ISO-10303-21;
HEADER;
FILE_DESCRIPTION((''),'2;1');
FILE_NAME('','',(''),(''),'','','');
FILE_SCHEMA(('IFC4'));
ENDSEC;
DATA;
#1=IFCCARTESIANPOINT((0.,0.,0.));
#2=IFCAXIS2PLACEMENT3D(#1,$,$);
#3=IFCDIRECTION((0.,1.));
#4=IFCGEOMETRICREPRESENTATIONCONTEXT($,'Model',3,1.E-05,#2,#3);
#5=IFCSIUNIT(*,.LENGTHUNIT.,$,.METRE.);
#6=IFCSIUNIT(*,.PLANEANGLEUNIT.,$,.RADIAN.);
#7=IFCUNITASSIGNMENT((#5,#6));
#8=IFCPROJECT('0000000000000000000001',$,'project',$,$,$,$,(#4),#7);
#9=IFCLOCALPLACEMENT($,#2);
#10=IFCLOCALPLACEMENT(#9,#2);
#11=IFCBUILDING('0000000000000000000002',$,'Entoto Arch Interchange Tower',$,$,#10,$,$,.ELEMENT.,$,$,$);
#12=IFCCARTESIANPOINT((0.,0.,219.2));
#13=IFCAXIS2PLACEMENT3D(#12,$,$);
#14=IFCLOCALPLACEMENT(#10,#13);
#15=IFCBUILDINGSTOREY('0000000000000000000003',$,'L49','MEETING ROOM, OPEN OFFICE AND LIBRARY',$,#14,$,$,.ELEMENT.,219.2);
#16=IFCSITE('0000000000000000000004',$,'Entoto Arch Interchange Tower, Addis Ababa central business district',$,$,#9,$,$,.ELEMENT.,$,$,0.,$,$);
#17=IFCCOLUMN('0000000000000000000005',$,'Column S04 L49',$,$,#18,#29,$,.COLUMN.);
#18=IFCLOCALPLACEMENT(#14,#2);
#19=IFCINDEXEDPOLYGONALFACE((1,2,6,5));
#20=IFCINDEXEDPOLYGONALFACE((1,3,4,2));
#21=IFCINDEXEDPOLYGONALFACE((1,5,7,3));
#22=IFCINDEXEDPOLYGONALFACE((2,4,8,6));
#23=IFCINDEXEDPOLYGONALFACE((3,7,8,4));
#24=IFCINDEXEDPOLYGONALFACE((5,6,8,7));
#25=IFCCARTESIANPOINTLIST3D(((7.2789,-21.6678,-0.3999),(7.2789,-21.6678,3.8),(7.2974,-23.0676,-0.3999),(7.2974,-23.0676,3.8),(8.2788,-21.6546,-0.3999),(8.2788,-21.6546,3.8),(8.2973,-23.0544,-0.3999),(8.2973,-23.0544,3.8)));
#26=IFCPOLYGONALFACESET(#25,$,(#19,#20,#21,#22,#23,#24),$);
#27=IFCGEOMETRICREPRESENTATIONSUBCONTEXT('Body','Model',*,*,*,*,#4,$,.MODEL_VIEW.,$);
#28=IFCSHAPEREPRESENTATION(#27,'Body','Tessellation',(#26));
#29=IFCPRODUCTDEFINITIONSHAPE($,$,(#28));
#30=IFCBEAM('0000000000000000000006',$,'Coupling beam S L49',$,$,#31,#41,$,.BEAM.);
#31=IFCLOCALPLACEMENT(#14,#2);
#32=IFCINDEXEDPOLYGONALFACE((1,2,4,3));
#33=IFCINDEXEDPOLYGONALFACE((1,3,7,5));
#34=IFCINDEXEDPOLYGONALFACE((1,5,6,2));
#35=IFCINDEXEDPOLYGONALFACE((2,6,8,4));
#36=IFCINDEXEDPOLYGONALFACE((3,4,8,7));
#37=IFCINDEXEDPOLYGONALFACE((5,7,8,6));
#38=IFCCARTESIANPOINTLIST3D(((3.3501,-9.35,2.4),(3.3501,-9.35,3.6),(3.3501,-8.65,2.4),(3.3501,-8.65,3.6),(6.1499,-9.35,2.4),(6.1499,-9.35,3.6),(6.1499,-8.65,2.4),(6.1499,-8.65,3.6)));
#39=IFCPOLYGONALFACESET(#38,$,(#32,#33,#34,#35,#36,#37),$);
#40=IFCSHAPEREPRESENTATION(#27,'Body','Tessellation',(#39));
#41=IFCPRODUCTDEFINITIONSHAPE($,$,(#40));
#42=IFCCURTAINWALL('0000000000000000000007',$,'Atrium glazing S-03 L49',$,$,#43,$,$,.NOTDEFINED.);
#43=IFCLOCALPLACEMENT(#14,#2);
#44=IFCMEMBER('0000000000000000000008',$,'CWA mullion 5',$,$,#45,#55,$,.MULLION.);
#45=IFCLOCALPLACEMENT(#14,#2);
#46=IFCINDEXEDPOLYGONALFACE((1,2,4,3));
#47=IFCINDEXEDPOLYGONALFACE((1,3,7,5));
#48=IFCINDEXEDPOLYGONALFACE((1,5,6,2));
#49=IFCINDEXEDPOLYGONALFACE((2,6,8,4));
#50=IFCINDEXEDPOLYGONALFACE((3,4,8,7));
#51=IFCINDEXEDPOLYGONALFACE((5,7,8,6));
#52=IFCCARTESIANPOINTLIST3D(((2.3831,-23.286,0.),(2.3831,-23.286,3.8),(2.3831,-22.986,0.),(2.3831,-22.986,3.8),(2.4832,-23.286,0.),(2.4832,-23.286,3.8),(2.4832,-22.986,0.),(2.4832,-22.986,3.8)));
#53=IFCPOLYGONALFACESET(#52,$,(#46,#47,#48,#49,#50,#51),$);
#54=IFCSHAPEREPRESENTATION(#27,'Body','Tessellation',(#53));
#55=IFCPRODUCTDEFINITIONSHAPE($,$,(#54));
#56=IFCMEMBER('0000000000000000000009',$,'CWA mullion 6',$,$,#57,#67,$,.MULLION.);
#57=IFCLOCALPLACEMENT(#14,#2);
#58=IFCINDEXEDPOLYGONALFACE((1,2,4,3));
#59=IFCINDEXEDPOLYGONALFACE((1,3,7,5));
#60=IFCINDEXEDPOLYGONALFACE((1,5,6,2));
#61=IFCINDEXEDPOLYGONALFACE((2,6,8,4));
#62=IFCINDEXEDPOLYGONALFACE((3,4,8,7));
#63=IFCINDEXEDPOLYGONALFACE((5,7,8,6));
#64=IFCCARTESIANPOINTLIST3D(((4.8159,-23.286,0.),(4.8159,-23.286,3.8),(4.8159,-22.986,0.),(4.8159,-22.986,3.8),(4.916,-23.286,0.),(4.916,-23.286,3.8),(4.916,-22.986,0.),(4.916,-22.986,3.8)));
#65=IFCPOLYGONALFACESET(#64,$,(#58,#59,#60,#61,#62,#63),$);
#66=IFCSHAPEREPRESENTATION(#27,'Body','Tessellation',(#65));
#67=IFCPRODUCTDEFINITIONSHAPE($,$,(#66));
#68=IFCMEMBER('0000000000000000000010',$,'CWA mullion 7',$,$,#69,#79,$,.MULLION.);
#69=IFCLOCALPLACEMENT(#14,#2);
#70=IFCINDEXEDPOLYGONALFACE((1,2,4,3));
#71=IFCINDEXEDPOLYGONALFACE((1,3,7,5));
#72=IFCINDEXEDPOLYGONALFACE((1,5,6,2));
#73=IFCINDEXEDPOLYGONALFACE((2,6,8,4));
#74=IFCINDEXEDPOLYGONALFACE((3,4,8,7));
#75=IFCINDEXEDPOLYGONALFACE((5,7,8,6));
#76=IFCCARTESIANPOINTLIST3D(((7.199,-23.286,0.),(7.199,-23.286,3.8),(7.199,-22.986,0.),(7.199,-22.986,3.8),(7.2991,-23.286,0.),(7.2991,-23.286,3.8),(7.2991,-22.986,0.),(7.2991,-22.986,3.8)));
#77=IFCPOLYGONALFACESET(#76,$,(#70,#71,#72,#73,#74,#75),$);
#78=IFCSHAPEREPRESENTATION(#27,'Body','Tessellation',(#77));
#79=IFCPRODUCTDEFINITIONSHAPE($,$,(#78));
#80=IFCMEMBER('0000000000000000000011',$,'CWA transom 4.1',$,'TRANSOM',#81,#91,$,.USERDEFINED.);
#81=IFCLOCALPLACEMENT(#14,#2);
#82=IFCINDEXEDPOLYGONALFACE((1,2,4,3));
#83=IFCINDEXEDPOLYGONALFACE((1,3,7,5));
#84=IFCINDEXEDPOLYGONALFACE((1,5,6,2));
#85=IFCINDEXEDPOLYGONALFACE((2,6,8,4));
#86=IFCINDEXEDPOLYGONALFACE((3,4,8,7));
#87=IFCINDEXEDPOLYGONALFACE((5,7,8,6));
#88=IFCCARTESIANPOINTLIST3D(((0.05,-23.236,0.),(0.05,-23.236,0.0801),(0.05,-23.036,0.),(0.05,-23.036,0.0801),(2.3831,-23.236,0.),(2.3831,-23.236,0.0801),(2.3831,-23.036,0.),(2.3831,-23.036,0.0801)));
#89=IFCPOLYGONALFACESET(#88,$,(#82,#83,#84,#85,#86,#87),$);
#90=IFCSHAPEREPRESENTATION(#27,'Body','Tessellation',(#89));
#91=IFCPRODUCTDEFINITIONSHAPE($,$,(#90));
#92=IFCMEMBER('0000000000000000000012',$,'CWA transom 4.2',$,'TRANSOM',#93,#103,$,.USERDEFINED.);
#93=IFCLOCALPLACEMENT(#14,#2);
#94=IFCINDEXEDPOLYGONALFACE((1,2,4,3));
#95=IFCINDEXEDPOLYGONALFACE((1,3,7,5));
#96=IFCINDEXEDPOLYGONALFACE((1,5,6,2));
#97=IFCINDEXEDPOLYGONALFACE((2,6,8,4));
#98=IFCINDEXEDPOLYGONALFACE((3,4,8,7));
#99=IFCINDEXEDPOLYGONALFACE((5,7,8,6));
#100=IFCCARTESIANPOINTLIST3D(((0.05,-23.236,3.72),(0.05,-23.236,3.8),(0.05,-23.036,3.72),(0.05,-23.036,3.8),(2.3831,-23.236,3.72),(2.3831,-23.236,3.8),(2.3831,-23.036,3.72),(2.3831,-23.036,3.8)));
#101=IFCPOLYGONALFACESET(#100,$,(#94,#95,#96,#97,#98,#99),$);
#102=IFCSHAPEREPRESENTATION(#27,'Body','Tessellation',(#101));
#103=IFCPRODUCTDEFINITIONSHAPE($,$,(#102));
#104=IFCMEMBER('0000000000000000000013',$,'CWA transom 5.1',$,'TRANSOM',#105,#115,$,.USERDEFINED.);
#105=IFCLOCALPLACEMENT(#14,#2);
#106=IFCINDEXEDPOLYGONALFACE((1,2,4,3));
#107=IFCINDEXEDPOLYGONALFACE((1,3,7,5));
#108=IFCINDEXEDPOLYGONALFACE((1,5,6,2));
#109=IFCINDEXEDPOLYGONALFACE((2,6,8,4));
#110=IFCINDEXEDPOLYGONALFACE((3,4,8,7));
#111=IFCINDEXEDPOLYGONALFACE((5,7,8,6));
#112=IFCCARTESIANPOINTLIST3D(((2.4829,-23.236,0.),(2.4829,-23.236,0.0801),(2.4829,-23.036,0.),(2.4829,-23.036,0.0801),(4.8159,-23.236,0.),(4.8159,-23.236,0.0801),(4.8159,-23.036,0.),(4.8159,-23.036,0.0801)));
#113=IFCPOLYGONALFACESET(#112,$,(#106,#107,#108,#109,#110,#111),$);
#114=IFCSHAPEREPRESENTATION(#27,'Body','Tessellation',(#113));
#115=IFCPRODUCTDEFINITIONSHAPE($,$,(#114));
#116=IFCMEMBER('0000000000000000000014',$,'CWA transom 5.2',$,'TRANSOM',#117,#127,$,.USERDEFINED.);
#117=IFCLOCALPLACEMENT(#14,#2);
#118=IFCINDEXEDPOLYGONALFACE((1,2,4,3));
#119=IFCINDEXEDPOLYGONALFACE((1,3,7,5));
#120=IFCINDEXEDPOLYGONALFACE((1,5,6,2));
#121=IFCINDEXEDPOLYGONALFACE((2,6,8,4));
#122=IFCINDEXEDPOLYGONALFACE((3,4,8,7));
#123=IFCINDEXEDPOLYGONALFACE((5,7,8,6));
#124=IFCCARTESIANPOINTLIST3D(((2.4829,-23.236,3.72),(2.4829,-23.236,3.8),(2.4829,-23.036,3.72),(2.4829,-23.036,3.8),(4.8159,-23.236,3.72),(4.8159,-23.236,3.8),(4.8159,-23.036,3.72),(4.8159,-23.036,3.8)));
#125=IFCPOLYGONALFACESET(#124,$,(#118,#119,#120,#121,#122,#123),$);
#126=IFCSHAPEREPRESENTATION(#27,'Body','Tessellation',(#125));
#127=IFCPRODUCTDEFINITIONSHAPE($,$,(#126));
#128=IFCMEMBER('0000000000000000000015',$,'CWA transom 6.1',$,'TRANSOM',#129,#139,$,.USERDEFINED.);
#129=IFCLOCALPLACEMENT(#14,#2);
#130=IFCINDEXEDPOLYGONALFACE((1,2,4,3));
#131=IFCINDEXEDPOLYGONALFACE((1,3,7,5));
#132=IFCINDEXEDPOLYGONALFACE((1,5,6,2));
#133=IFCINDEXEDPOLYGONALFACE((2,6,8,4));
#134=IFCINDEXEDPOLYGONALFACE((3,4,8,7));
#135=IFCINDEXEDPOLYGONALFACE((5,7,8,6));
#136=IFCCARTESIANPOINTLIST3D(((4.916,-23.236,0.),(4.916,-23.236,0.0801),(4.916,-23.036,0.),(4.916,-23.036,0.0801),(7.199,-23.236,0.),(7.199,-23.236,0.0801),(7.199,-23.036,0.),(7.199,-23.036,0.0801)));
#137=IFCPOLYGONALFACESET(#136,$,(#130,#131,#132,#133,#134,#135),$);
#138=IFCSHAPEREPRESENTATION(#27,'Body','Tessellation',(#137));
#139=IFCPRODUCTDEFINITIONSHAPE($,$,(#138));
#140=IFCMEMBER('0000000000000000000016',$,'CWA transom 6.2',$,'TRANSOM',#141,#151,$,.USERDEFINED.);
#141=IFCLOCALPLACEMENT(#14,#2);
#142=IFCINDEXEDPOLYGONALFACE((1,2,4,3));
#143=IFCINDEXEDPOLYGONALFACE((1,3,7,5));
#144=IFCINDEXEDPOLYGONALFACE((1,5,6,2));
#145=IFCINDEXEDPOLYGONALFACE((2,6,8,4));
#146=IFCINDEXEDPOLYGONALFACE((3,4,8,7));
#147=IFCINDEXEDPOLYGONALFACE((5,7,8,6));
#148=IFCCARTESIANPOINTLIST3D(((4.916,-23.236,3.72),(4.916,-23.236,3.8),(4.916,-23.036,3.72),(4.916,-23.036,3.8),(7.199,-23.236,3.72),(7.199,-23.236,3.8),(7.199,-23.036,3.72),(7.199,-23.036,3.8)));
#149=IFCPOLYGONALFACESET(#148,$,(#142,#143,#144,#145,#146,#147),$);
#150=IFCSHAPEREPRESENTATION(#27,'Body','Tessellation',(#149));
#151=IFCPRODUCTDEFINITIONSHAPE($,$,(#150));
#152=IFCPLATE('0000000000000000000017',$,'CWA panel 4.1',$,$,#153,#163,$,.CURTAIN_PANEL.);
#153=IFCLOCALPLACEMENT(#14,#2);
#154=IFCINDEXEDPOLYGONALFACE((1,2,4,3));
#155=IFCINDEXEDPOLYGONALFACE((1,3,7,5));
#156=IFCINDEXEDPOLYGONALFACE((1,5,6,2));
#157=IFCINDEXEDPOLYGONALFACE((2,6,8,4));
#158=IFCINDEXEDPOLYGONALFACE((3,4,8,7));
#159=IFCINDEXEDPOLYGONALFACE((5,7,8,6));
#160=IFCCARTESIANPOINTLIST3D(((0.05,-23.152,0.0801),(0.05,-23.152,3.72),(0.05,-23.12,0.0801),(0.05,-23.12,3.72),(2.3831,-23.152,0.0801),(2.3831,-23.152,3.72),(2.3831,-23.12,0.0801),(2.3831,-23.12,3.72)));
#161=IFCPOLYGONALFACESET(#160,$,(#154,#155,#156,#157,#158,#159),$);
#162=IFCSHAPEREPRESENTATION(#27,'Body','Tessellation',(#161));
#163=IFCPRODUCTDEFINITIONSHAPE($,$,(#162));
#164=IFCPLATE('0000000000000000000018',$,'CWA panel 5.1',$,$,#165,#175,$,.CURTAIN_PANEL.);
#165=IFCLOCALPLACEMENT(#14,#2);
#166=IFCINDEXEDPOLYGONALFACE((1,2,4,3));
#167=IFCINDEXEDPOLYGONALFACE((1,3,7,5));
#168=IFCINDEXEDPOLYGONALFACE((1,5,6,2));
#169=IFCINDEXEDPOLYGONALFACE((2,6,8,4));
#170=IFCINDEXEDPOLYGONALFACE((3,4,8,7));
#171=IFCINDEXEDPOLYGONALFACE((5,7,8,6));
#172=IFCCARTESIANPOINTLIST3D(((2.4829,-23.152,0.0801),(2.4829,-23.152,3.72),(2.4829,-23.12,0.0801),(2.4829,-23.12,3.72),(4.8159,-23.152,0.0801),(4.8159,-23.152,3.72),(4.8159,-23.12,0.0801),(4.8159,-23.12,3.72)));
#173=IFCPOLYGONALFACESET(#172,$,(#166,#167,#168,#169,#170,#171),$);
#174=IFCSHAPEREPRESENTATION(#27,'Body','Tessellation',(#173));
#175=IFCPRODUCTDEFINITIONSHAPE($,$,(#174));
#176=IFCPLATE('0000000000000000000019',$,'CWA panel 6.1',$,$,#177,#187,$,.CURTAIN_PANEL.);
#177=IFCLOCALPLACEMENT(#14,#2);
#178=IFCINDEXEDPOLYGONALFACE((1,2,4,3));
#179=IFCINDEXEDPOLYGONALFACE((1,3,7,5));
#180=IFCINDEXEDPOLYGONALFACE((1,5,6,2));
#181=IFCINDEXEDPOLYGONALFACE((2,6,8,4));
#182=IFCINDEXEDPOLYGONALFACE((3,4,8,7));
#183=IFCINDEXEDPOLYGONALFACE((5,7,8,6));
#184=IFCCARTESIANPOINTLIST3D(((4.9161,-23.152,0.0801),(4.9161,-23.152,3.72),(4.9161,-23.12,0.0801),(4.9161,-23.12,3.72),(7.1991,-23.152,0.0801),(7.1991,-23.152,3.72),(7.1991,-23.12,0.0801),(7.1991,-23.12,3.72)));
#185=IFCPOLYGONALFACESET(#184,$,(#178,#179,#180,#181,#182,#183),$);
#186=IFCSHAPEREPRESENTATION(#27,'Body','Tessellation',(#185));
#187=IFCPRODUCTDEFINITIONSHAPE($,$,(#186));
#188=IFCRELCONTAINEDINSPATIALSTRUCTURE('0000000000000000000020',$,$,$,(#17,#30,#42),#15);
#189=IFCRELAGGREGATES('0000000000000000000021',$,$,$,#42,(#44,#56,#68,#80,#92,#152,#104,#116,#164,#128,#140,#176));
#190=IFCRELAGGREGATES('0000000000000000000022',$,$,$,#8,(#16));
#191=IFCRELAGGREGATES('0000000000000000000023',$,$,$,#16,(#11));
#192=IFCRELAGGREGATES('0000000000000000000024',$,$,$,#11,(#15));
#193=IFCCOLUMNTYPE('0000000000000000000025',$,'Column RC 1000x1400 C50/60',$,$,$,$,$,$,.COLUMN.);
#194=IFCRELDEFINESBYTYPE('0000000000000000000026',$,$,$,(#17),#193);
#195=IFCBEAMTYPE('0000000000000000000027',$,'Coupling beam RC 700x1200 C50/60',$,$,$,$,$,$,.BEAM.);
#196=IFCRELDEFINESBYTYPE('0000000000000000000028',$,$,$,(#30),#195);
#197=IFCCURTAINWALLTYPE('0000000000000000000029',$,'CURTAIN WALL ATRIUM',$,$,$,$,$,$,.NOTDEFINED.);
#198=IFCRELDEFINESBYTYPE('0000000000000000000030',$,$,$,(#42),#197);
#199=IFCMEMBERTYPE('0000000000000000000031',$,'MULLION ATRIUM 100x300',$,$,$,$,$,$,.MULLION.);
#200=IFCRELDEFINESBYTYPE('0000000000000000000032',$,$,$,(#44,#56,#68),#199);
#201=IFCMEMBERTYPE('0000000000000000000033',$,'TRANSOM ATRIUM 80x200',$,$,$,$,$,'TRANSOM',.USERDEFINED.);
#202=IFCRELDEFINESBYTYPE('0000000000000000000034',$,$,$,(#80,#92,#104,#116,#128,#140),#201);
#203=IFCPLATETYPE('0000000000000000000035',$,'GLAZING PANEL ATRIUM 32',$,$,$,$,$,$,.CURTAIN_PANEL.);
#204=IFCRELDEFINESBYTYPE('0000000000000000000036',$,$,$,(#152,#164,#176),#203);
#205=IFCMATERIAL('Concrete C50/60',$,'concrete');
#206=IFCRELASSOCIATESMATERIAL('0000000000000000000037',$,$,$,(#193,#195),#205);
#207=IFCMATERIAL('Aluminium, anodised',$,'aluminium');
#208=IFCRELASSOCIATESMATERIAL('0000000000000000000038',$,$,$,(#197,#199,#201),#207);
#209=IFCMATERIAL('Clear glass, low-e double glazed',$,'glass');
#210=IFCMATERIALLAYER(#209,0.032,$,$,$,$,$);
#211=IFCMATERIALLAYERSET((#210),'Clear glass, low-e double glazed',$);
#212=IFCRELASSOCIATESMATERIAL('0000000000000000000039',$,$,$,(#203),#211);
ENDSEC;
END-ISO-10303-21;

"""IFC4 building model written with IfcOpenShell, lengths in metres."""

from ifc_helpers import new_model, si_unit, direction, frame, origin, origin_2d, place, context, subcontext, project, spatial, rectangle, extrude, material, layer, layer_set, material_profile, profile_set, type_object, element, aggregate, save


model = new_model("IFC4")

# Units and contexts
model_context = context("Model", 3, precision=1e-05, world=origin(), true_north=direction((0.0, 1.0)))
body_context = subcontext(model_context, "Body", "Model", "MODEL_VIEW")
ifc_project = project(units=[si_unit("LENGTHUNIT", "METRE"), si_unit("PLANEANGLEUNIT", "RADIAN")], contexts=[model_context])

# Site, building, storey
site_placement = place(None, origin())
site = spatial("IfcSite", under=ifc_project, at=site_placement, Name="Entoto Arch Interchange Tower, Addis Ababa central business district", CompositionType="ELEMENT", RefElevation=0.0)
building_placement = place(site_placement, origin())
building = spatial("IfcBuilding", under=site, at=building_placement, Name="Entoto Arch Interchange Tower", CompositionType="ELEMENT")
storey_placement = place(building_placement, frame((0.0, 0.0, 219.2)))
storey = spatial("IfcBuildingStorey", under=building, at=storey_placement, Name="L49", Description="MEETING ROOM, OPEN OFFICE AND LIBRARY", CompositionType="ELEMENT", Elevation=219.2)

# Column
ifc_material_1 = material(Name="Concrete C50/60", Category="concrete")
ifc_material_profile_1 = material_profile(ifc_material_1, rectangle(XDim=1.0, YDim=1.3999, at=origin_2d()))
ifc_profile_set_1 = profile_set([ifc_material_profile_1], Name="Concrete C50/60")
column_type = type_object("IfcColumnType", Name="Column RC 1000x1400 C50/60", PredefinedType="COLUMN", material=ifc_profile_set_1)
column_placement = place(storey_placement, frame((7.7881, -22.3611, -0.3999), z_axis=(0.0, 0.0, 1.0), x_axis=(0.999913, 0.013177, 0.0)))
element("IfcColumn", 1, at=column_placement, inside=storey, type_object=column_type, Name="Column S04 L49", PredefinedType="COLUMN", context=body_context, shape_type="SweptSolid", body=[
    extrude(rectangle(XDim=1.0, YDim=1.3999, at=origin_2d()), origin(), (0.0, 0.0, 1.0), 4.2),
])

# Beam
ifc_material_profile_2 = material_profile(ifc_material_1, rectangle(XDim=0.7, YDim=1.2, at=origin_2d()))
ifc_profile_set_2 = profile_set([ifc_material_profile_2], Name="Concrete C50/60")
beam_type = type_object("IfcBeamType", Name="Coupling beam RC 700x1200 C50/60", PredefinedType="BEAM", material=ifc_profile_set_2)
beam_placement = place(storey_placement, frame((3.3501, -9.0, 3.0), z_axis=(1.0, 0.0, 0.0), x_axis=(0.0, 1.0, 0.0)))
element("IfcBeam", 2, at=beam_placement, inside=storey, type_object=beam_type, Name="Coupling beam S L49", PredefinedType="BEAM", context=body_context, shape_type="SweptSolid", body=[
    extrude(rectangle(XDim=0.7, YDim=1.2, at=origin_2d()), origin(), (0.0, 0.0, 1.0), 2.7998),
])

# Curtain wall, members, plates
ifc_material_2 = material(Name="Aluminium, anodised", Category="aluminium")
curtain_wall_type = type_object("IfcCurtainWallType", Name="CURTAIN WALL ATRIUM", PredefinedType="NOTDEFINED", material=ifc_material_2)
curtain_wall_placement = place(storey_placement, origin())
curtain_wall = element("IfcCurtainWall", 3, at=curtain_wall_placement, inside=storey, type_object=curtain_wall_type, Name="Atrium glazing S-03 L49", PredefinedType="NOTDEFINED")
ifc_material_profile_3 = material_profile(ifc_material_2, rectangle(XDim=0.3, YDim=0.1001, at=origin_2d()))
ifc_profile_set_3 = profile_set([ifc_material_profile_3], Name="Aluminium, anodised")
member_type_1 = type_object("IfcMemberType", Name="MULLION ATRIUM 100x300", PredefinedType="MULLION", material=ifc_profile_set_3)
member_1_placement = place(storey_placement, frame((2.4331, -23.136, 0.0), z_axis=(0.0, 0.0, 1.0), x_axis=(0.0, 1.0, 0.0)))
member_1 = element("IfcMember", 4, at=member_1_placement, type_object=member_type_1, Name="CWA mullion 5", PredefinedType="MULLION", context=body_context, shape_type="SweptSolid", body=[
    extrude(rectangle(XDim=0.3, YDim=0.1001, at=origin_2d()), origin(), (0.0, 0.0, 1.0), 3.8),
])
member_2_placement = place(storey_placement, frame((4.866, -23.136, 0.0), z_axis=(0.0, 0.0, 1.0), x_axis=(0.0, 1.0, 0.0)))
member_2 = element("IfcMember", 5, at=member_2_placement, type_object=member_type_1, Name="CWA mullion 6", PredefinedType="MULLION", context=body_context, shape_type="SweptSolid", body=[
    extrude(rectangle(XDim=0.3, YDim=0.1001, at=origin_2d()), origin(), (0.0, 0.0, 1.0), 3.8),
])
member_3_placement = place(storey_placement, frame((7.249, -23.136, 0.0), z_axis=(0.0, 0.0, 1.0), x_axis=(0.0, 1.0, 0.0)))
member_3 = element("IfcMember", 6, at=member_3_placement, type_object=member_type_1, Name="CWA mullion 7", PredefinedType="MULLION", context=body_context, shape_type="SweptSolid", body=[
    extrude(rectangle(XDim=0.3, YDim=0.1001, at=origin_2d()), origin(), (0.0, 0.0, 1.0), 3.8),
])
ifc_material_profile_4 = material_profile(ifc_material_2, rectangle(XDim=0.2, YDim=0.0801, at=origin_2d()))
ifc_profile_set_4 = profile_set([ifc_material_profile_4], Name="Aluminium, anodised")
member_type_2 = type_object("IfcMemberType", Name="TRANSOM ATRIUM 80x200", ElementType="TRANSOM", PredefinedType="USERDEFINED", material=ifc_profile_set_4)
member_4_placement = place(storey_placement, frame((0.05, -23.136, 0.04), z_axis=(1.0, 0.0, 0.0), x_axis=(0.0, 1.0, 0.0)))
member_4 = element("IfcMember", 7, at=member_4_placement, type_object=member_type_2, Name="CWA transom 4.1", ObjectType="TRANSOM", PredefinedType="USERDEFINED", context=body_context, shape_type="SweptSolid", body=[
    extrude(rectangle(XDim=0.2, YDim=0.0801, at=origin_2d()), origin(), (0.0, 0.0, 1.0), 2.333),
])
member_5_placement = place(storey_placement, frame((0.05, -23.136, 3.76), z_axis=(1.0, 0.0, 0.0), x_axis=(0.0, 1.0, 0.0)))
member_5 = element("IfcMember", 8, at=member_5_placement, type_object=member_type_2, Name="CWA transom 4.2", ObjectType="TRANSOM", PredefinedType="USERDEFINED", context=body_context, shape_type="SweptSolid", body=[
    extrude(rectangle(XDim=0.2, YDim=0.0801, at=origin_2d()), origin(), (0.0, 0.0, 1.0), 2.333),
])
member_6_placement = place(storey_placement, frame((2.4829, -23.136, 0.04), z_axis=(1.0, 0.0, 0.0), x_axis=(0.0, 1.0, 0.0)))
member_6 = element("IfcMember", 9, at=member_6_placement, type_object=member_type_2, Name="CWA transom 5.1", ObjectType="TRANSOM", PredefinedType="USERDEFINED", context=body_context, shape_type="SweptSolid", body=[
    extrude(rectangle(XDim=0.2, YDim=0.0801, at=origin_2d()), origin(), (0.0, 0.0, 1.0), 2.333),
])
member_7_placement = place(storey_placement, frame((2.4829, -23.136, 3.76), z_axis=(1.0, 0.0, 0.0), x_axis=(0.0, 1.0, 0.0)))
member_7 = element("IfcMember", 10, at=member_7_placement, type_object=member_type_2, Name="CWA transom 5.2", ObjectType="TRANSOM", PredefinedType="USERDEFINED", context=body_context, shape_type="SweptSolid", body=[
    extrude(rectangle(XDim=0.2, YDim=0.0801, at=origin_2d()), origin(), (0.0, 0.0, 1.0), 2.333),
])
member_8_placement = place(storey_placement, frame((4.916, -23.136, 0.04), z_axis=(1.0, 0.0, 0.0), x_axis=(0.0, 1.0, 0.0)))
member_8 = element("IfcMember", 11, at=member_8_placement, type_object=member_type_2, Name="CWA transom 6.1", ObjectType="TRANSOM", PredefinedType="USERDEFINED", context=body_context, shape_type="SweptSolid", body=[
    extrude(rectangle(XDim=0.2, YDim=0.0801, at=origin_2d()), origin(), (0.0, 0.0, 1.0), 2.283),
])
member_9_placement = place(storey_placement, frame((4.916, -23.136, 3.76), z_axis=(1.0, 0.0, 0.0), x_axis=(0.0, 1.0, 0.0)))
member_9 = element("IfcMember", 12, at=member_9_placement, type_object=member_type_2, Name="CWA transom 6.2", ObjectType="TRANSOM", PredefinedType="USERDEFINED", context=body_context, shape_type="SweptSolid", body=[
    extrude(rectangle(XDim=0.2, YDim=0.0801, at=origin_2d()), origin(), (0.0, 0.0, 1.0), 2.283),
])
ifc_material_3 = material(Name="Clear glass, low-e double glazed", Category="glass")
ifc_layer_1 = layer(ifc_material_3, 0.032)
ifc_layer_set_1 = layer_set([ifc_layer_1], Name="Clear glass, low-e double glazed")
plate_type = type_object("IfcPlateType", Name="GLAZING PANEL ATRIUM 32", PredefinedType="CURTAIN_PANEL", material=ifc_layer_set_1)
plate_1_placement = place(storey_placement, frame((1.2166, -23.136, 0.0801), z_axis=(0.0, 0.0, 1.0), x_axis=(1.0, 0.0, 0.0)))
plate_1 = element("IfcPlate", 13, at=plate_1_placement, type_object=plate_type, Name="CWA panel 4.1", PredefinedType="CURTAIN_PANEL", context=body_context, shape_type="SweptSolid", body=[
    extrude(rectangle(XDim=2.333, YDim=0.032, at=origin_2d()), origin(), (0.0, 0.0, 1.0), 3.6399),
])
plate_2_placement = place(storey_placement, frame((3.6494, -23.136, 0.0801), z_axis=(0.0, 0.0, 1.0), x_axis=(1.0, 0.0, 0.0)))
plate_2 = element("IfcPlate", 14, at=plate_2_placement, type_object=plate_type, Name="CWA panel 5.1", PredefinedType="CURTAIN_PANEL", context=body_context, shape_type="SweptSolid", body=[
    extrude(rectangle(XDim=2.333, YDim=0.032, at=origin_2d()), origin(), (0.0, 0.0, 1.0), 3.6399),
])
plate_3_placement = place(storey_placement, frame((6.0576, -23.136, 0.0801), z_axis=(0.0, 0.0, 1.0), x_axis=(1.0, 0.0, 0.0)))
plate_3 = element("IfcPlate", 15, at=plate_3_placement, type_object=plate_type, Name="CWA panel 6.1", PredefinedType="CURTAIN_PANEL", context=body_context, shape_type="SweptSolid", body=[
    extrude(rectangle(XDim=2.283, YDim=0.032, at=origin_2d()), origin(), (0.0, 0.0, 1.0), 3.6399),
])
aggregate(curtain_wall, [member_1, member_2, member_3, member_4, member_5, plate_1, member_6, member_7, plate_2, member_8, member_9, plate_3])

save(model, "model.ifc")
